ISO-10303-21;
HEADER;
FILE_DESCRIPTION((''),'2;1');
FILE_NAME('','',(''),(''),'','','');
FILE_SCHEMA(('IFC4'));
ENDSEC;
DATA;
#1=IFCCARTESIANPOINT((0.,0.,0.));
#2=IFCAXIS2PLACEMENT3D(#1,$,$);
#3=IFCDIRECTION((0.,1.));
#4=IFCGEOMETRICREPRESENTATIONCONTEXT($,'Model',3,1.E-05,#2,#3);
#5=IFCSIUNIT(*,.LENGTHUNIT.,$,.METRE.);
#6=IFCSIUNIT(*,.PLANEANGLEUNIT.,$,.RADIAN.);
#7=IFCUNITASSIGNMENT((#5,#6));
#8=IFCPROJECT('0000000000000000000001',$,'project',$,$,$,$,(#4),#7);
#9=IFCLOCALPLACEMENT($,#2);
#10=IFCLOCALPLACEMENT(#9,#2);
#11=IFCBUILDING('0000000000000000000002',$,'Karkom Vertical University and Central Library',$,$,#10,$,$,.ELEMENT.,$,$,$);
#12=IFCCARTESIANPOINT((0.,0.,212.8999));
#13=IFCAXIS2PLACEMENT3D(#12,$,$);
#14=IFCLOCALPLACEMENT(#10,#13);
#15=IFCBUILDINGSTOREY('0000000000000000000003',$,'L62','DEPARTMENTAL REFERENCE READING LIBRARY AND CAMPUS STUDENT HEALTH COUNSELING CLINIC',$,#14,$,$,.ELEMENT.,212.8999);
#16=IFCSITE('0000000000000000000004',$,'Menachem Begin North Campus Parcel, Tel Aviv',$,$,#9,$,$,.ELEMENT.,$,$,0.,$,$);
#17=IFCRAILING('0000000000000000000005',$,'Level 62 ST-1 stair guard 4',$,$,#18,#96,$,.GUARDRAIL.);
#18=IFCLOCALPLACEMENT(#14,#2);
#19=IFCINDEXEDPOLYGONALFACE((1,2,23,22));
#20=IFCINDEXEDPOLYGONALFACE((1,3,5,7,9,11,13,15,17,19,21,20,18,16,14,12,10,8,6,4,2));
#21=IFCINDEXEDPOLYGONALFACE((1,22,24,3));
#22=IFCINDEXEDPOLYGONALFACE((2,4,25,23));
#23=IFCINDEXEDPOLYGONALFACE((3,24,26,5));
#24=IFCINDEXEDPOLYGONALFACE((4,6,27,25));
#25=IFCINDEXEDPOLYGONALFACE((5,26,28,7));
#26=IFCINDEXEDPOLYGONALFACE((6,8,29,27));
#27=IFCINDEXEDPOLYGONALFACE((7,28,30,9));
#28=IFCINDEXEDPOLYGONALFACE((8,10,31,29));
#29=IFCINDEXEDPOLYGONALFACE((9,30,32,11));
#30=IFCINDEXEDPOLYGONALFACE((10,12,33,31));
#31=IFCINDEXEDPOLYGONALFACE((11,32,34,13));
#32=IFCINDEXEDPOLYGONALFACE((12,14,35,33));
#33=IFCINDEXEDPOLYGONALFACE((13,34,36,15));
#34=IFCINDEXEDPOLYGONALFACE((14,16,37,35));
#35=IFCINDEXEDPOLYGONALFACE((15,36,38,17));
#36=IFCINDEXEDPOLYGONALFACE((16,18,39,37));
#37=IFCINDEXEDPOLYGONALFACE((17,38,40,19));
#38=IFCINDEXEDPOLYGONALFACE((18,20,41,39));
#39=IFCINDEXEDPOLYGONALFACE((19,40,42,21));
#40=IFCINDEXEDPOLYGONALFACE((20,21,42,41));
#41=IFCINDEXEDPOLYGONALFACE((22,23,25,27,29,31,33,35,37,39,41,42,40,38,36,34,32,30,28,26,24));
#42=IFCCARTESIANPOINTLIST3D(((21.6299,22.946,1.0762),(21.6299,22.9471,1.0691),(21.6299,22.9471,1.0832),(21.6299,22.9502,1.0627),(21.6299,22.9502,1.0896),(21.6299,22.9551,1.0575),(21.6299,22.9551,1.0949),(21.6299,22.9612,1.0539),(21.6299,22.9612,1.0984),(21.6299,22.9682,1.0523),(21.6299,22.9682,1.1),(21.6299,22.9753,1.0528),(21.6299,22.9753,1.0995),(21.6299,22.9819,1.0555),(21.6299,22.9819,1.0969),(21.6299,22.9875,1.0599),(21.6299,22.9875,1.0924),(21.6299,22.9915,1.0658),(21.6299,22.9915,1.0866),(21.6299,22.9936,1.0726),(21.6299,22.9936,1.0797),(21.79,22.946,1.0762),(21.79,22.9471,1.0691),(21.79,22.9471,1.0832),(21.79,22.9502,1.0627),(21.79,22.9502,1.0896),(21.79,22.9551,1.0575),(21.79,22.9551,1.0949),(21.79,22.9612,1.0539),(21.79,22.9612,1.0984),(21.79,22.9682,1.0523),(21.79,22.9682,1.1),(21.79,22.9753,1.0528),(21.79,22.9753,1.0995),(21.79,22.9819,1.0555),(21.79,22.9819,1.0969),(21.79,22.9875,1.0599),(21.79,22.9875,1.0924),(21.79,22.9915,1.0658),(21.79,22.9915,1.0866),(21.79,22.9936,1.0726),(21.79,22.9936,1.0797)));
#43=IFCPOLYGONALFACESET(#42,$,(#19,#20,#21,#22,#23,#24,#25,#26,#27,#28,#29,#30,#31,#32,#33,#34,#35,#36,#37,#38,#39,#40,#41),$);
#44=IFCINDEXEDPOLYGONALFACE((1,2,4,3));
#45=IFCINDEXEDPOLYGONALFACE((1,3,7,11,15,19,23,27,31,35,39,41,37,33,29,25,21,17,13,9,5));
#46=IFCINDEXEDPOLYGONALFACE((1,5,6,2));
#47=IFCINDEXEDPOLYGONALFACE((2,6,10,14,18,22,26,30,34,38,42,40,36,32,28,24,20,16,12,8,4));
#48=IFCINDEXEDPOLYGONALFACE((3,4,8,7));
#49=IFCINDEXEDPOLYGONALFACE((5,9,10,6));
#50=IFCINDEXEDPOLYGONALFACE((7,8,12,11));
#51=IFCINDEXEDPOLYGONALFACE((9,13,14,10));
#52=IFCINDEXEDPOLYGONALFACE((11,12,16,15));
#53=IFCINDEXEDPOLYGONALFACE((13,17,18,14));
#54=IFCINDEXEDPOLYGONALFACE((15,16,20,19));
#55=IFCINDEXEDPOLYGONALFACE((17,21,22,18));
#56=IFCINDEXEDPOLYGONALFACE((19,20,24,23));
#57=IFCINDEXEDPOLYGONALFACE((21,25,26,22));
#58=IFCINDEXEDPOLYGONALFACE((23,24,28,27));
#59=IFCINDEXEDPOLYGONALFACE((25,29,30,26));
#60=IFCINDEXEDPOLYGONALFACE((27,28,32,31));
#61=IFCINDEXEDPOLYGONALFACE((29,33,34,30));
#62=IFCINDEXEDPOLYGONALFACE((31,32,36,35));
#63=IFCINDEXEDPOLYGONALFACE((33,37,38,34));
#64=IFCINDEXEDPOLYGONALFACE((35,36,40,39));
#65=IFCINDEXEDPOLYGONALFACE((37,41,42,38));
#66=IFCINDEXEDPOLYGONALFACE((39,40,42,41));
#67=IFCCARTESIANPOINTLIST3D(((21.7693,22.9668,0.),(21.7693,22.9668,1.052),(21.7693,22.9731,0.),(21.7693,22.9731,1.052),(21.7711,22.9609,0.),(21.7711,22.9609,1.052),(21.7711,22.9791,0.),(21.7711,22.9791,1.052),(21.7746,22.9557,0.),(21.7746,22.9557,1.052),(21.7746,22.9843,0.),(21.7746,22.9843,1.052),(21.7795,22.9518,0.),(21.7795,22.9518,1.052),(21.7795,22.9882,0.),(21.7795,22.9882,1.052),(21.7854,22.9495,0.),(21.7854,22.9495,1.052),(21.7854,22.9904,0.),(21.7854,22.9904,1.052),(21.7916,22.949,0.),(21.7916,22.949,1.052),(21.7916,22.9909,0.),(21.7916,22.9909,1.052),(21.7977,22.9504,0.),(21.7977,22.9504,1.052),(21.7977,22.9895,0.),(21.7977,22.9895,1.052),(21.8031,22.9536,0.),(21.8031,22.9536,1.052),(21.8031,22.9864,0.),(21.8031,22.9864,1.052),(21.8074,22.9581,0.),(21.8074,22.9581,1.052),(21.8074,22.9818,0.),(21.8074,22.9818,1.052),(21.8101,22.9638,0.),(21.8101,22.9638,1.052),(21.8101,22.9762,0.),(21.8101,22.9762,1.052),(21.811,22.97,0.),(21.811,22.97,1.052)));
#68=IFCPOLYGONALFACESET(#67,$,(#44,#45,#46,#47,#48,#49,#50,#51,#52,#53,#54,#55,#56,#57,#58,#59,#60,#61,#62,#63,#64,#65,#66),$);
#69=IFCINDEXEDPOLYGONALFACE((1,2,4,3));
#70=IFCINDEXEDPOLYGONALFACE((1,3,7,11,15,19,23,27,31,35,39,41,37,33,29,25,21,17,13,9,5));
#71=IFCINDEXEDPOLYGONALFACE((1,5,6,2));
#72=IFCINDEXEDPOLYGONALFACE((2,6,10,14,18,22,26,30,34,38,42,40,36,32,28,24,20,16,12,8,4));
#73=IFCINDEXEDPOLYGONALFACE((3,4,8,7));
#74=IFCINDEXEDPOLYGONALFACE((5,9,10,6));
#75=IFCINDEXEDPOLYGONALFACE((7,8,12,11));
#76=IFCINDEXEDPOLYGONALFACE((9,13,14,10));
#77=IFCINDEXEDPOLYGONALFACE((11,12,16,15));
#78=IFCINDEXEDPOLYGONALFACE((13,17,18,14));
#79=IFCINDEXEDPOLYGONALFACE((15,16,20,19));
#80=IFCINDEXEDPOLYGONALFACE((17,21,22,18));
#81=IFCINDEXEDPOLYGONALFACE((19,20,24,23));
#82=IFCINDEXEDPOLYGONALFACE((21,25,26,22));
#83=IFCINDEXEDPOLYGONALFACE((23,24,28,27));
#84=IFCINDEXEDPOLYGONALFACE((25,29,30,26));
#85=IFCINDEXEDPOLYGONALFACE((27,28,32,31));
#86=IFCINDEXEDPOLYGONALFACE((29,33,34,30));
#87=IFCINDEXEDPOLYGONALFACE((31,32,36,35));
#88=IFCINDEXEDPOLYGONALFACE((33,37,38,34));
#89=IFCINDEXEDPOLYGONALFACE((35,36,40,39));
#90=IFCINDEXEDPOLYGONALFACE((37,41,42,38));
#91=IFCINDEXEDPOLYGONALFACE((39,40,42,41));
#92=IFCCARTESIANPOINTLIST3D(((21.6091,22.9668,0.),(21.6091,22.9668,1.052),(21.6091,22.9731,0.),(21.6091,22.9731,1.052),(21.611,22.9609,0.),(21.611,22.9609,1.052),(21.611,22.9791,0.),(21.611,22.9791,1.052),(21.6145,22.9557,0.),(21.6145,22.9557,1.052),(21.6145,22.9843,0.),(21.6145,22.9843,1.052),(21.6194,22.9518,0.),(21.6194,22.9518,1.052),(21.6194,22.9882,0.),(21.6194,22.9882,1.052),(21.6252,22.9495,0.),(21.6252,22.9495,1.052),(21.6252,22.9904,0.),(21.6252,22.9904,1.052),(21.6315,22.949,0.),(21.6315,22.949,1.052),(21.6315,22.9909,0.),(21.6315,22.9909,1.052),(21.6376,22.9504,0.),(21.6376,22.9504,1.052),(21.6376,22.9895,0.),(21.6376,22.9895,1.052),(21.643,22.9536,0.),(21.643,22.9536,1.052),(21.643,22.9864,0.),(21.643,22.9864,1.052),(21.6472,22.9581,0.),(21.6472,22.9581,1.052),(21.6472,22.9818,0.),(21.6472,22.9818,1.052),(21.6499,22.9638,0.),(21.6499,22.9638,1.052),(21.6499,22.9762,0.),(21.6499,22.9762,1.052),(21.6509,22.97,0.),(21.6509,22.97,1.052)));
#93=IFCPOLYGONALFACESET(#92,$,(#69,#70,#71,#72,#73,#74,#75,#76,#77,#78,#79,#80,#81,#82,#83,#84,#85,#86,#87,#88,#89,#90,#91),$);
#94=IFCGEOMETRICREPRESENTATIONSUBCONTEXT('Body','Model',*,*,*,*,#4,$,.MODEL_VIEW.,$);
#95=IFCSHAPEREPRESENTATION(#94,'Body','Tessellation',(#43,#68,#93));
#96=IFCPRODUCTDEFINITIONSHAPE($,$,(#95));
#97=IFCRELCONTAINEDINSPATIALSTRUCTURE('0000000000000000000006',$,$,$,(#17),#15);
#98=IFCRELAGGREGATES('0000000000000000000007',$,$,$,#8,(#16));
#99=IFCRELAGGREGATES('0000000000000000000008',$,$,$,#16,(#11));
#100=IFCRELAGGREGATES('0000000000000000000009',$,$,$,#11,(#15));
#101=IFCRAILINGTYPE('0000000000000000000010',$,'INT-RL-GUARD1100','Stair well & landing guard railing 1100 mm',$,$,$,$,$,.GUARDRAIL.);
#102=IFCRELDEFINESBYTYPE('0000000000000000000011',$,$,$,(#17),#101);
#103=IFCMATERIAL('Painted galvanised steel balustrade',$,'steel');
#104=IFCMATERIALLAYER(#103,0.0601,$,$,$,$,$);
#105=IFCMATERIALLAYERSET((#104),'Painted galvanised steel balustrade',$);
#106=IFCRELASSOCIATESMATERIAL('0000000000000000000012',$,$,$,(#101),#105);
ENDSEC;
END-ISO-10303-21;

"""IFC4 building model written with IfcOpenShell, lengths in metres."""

from ifc_helpers import new_model, si_unit, direction, frame, origin, origin_2d, place, context, subcontext, project, spatial, circle, extrude, material, layer, layer_set, type_object, element, save


model = new_model("IFC4")

# Units and contexts
model_context = context("Model", 3, precision=1e-05, world=origin(), true_north=direction((0.0, 1.0)))
body_context = subcontext(model_context, "Body", "Model", "MODEL_VIEW")
ifc_project = project(units=[si_unit("LENGTHUNIT", "METRE"), si_unit("PLANEANGLEUNIT", "RADIAN")], contexts=[model_context])

# Site, building, storey
site_placement = place(None, origin())
site = spatial("IfcSite", under=ifc_project, at=site_placement, Name="Menachem Begin North Campus Parcel, Tel Aviv", CompositionType="ELEMENT", RefElevation=0.0)
building_placement = place(site_placement, origin())
building = spatial("IfcBuilding", under=site, at=building_placement, Name="Karkom Vertical University and Central Library", CompositionType="ELEMENT")
storey_placement = place(building_placement, frame((0.0, 0.0, 212.8999)))
storey = spatial("IfcBuildingStorey", under=building, at=storey_placement, Name="L62", Description="DEPARTMENTAL REFERENCE READING LIBRARY AND CAMPUS STUDENT HEALTH COUNSELING CLINIC", CompositionType="ELEMENT", Elevation=212.8999)

# Railing
ifc_material_1 = material(Name="Painted galvanised steel balustrade", Category="steel")
ifc_layer_1 = layer(ifc_material_1, 0.0601)
ifc_layer_set_1 = layer_set([ifc_layer_1], Name="Painted galvanised steel balustrade")
railing_type = type_object("IfcRailingType", Name="INT-RL-GUARD1100", Description="Stair well & landing guard railing 1100 mm", PredefinedType="GUARDRAIL", material=ifc_layer_set_1)
railing_1_placement = place(storey_placement, frame((21.79, 22.97, 0.0)))
element("IfcRailing", 1, at=railing_1_placement, inside=storey, type_object=railing_type, Name="Level 62 ST-1 stair guard 4", PredefinedType="GUARDRAIL", context=body_context, shape_type="SweptSolid", body=[
    extrude(circle(Radius=0.0239, at=origin_2d()), frame((0.0, 0.0, 1.0762), z_axis=(-1.0, 0.0, 0.0), x_axis=(0.0, -1.0, 0.0)), (0.0, 0.0, 1.0), 0.1602),
    extrude(circle(Radius=0.021, at=origin_2d()), origin(), (0.0, 0.0, 1.0), 1.052),
    extrude(circle(Radius=0.021, at=origin_2d()), frame((-0.1602, 0.0, 0.0)), (0.0, 0.0, 1.0), 1.052),
])

save(model, "model.ifc")
